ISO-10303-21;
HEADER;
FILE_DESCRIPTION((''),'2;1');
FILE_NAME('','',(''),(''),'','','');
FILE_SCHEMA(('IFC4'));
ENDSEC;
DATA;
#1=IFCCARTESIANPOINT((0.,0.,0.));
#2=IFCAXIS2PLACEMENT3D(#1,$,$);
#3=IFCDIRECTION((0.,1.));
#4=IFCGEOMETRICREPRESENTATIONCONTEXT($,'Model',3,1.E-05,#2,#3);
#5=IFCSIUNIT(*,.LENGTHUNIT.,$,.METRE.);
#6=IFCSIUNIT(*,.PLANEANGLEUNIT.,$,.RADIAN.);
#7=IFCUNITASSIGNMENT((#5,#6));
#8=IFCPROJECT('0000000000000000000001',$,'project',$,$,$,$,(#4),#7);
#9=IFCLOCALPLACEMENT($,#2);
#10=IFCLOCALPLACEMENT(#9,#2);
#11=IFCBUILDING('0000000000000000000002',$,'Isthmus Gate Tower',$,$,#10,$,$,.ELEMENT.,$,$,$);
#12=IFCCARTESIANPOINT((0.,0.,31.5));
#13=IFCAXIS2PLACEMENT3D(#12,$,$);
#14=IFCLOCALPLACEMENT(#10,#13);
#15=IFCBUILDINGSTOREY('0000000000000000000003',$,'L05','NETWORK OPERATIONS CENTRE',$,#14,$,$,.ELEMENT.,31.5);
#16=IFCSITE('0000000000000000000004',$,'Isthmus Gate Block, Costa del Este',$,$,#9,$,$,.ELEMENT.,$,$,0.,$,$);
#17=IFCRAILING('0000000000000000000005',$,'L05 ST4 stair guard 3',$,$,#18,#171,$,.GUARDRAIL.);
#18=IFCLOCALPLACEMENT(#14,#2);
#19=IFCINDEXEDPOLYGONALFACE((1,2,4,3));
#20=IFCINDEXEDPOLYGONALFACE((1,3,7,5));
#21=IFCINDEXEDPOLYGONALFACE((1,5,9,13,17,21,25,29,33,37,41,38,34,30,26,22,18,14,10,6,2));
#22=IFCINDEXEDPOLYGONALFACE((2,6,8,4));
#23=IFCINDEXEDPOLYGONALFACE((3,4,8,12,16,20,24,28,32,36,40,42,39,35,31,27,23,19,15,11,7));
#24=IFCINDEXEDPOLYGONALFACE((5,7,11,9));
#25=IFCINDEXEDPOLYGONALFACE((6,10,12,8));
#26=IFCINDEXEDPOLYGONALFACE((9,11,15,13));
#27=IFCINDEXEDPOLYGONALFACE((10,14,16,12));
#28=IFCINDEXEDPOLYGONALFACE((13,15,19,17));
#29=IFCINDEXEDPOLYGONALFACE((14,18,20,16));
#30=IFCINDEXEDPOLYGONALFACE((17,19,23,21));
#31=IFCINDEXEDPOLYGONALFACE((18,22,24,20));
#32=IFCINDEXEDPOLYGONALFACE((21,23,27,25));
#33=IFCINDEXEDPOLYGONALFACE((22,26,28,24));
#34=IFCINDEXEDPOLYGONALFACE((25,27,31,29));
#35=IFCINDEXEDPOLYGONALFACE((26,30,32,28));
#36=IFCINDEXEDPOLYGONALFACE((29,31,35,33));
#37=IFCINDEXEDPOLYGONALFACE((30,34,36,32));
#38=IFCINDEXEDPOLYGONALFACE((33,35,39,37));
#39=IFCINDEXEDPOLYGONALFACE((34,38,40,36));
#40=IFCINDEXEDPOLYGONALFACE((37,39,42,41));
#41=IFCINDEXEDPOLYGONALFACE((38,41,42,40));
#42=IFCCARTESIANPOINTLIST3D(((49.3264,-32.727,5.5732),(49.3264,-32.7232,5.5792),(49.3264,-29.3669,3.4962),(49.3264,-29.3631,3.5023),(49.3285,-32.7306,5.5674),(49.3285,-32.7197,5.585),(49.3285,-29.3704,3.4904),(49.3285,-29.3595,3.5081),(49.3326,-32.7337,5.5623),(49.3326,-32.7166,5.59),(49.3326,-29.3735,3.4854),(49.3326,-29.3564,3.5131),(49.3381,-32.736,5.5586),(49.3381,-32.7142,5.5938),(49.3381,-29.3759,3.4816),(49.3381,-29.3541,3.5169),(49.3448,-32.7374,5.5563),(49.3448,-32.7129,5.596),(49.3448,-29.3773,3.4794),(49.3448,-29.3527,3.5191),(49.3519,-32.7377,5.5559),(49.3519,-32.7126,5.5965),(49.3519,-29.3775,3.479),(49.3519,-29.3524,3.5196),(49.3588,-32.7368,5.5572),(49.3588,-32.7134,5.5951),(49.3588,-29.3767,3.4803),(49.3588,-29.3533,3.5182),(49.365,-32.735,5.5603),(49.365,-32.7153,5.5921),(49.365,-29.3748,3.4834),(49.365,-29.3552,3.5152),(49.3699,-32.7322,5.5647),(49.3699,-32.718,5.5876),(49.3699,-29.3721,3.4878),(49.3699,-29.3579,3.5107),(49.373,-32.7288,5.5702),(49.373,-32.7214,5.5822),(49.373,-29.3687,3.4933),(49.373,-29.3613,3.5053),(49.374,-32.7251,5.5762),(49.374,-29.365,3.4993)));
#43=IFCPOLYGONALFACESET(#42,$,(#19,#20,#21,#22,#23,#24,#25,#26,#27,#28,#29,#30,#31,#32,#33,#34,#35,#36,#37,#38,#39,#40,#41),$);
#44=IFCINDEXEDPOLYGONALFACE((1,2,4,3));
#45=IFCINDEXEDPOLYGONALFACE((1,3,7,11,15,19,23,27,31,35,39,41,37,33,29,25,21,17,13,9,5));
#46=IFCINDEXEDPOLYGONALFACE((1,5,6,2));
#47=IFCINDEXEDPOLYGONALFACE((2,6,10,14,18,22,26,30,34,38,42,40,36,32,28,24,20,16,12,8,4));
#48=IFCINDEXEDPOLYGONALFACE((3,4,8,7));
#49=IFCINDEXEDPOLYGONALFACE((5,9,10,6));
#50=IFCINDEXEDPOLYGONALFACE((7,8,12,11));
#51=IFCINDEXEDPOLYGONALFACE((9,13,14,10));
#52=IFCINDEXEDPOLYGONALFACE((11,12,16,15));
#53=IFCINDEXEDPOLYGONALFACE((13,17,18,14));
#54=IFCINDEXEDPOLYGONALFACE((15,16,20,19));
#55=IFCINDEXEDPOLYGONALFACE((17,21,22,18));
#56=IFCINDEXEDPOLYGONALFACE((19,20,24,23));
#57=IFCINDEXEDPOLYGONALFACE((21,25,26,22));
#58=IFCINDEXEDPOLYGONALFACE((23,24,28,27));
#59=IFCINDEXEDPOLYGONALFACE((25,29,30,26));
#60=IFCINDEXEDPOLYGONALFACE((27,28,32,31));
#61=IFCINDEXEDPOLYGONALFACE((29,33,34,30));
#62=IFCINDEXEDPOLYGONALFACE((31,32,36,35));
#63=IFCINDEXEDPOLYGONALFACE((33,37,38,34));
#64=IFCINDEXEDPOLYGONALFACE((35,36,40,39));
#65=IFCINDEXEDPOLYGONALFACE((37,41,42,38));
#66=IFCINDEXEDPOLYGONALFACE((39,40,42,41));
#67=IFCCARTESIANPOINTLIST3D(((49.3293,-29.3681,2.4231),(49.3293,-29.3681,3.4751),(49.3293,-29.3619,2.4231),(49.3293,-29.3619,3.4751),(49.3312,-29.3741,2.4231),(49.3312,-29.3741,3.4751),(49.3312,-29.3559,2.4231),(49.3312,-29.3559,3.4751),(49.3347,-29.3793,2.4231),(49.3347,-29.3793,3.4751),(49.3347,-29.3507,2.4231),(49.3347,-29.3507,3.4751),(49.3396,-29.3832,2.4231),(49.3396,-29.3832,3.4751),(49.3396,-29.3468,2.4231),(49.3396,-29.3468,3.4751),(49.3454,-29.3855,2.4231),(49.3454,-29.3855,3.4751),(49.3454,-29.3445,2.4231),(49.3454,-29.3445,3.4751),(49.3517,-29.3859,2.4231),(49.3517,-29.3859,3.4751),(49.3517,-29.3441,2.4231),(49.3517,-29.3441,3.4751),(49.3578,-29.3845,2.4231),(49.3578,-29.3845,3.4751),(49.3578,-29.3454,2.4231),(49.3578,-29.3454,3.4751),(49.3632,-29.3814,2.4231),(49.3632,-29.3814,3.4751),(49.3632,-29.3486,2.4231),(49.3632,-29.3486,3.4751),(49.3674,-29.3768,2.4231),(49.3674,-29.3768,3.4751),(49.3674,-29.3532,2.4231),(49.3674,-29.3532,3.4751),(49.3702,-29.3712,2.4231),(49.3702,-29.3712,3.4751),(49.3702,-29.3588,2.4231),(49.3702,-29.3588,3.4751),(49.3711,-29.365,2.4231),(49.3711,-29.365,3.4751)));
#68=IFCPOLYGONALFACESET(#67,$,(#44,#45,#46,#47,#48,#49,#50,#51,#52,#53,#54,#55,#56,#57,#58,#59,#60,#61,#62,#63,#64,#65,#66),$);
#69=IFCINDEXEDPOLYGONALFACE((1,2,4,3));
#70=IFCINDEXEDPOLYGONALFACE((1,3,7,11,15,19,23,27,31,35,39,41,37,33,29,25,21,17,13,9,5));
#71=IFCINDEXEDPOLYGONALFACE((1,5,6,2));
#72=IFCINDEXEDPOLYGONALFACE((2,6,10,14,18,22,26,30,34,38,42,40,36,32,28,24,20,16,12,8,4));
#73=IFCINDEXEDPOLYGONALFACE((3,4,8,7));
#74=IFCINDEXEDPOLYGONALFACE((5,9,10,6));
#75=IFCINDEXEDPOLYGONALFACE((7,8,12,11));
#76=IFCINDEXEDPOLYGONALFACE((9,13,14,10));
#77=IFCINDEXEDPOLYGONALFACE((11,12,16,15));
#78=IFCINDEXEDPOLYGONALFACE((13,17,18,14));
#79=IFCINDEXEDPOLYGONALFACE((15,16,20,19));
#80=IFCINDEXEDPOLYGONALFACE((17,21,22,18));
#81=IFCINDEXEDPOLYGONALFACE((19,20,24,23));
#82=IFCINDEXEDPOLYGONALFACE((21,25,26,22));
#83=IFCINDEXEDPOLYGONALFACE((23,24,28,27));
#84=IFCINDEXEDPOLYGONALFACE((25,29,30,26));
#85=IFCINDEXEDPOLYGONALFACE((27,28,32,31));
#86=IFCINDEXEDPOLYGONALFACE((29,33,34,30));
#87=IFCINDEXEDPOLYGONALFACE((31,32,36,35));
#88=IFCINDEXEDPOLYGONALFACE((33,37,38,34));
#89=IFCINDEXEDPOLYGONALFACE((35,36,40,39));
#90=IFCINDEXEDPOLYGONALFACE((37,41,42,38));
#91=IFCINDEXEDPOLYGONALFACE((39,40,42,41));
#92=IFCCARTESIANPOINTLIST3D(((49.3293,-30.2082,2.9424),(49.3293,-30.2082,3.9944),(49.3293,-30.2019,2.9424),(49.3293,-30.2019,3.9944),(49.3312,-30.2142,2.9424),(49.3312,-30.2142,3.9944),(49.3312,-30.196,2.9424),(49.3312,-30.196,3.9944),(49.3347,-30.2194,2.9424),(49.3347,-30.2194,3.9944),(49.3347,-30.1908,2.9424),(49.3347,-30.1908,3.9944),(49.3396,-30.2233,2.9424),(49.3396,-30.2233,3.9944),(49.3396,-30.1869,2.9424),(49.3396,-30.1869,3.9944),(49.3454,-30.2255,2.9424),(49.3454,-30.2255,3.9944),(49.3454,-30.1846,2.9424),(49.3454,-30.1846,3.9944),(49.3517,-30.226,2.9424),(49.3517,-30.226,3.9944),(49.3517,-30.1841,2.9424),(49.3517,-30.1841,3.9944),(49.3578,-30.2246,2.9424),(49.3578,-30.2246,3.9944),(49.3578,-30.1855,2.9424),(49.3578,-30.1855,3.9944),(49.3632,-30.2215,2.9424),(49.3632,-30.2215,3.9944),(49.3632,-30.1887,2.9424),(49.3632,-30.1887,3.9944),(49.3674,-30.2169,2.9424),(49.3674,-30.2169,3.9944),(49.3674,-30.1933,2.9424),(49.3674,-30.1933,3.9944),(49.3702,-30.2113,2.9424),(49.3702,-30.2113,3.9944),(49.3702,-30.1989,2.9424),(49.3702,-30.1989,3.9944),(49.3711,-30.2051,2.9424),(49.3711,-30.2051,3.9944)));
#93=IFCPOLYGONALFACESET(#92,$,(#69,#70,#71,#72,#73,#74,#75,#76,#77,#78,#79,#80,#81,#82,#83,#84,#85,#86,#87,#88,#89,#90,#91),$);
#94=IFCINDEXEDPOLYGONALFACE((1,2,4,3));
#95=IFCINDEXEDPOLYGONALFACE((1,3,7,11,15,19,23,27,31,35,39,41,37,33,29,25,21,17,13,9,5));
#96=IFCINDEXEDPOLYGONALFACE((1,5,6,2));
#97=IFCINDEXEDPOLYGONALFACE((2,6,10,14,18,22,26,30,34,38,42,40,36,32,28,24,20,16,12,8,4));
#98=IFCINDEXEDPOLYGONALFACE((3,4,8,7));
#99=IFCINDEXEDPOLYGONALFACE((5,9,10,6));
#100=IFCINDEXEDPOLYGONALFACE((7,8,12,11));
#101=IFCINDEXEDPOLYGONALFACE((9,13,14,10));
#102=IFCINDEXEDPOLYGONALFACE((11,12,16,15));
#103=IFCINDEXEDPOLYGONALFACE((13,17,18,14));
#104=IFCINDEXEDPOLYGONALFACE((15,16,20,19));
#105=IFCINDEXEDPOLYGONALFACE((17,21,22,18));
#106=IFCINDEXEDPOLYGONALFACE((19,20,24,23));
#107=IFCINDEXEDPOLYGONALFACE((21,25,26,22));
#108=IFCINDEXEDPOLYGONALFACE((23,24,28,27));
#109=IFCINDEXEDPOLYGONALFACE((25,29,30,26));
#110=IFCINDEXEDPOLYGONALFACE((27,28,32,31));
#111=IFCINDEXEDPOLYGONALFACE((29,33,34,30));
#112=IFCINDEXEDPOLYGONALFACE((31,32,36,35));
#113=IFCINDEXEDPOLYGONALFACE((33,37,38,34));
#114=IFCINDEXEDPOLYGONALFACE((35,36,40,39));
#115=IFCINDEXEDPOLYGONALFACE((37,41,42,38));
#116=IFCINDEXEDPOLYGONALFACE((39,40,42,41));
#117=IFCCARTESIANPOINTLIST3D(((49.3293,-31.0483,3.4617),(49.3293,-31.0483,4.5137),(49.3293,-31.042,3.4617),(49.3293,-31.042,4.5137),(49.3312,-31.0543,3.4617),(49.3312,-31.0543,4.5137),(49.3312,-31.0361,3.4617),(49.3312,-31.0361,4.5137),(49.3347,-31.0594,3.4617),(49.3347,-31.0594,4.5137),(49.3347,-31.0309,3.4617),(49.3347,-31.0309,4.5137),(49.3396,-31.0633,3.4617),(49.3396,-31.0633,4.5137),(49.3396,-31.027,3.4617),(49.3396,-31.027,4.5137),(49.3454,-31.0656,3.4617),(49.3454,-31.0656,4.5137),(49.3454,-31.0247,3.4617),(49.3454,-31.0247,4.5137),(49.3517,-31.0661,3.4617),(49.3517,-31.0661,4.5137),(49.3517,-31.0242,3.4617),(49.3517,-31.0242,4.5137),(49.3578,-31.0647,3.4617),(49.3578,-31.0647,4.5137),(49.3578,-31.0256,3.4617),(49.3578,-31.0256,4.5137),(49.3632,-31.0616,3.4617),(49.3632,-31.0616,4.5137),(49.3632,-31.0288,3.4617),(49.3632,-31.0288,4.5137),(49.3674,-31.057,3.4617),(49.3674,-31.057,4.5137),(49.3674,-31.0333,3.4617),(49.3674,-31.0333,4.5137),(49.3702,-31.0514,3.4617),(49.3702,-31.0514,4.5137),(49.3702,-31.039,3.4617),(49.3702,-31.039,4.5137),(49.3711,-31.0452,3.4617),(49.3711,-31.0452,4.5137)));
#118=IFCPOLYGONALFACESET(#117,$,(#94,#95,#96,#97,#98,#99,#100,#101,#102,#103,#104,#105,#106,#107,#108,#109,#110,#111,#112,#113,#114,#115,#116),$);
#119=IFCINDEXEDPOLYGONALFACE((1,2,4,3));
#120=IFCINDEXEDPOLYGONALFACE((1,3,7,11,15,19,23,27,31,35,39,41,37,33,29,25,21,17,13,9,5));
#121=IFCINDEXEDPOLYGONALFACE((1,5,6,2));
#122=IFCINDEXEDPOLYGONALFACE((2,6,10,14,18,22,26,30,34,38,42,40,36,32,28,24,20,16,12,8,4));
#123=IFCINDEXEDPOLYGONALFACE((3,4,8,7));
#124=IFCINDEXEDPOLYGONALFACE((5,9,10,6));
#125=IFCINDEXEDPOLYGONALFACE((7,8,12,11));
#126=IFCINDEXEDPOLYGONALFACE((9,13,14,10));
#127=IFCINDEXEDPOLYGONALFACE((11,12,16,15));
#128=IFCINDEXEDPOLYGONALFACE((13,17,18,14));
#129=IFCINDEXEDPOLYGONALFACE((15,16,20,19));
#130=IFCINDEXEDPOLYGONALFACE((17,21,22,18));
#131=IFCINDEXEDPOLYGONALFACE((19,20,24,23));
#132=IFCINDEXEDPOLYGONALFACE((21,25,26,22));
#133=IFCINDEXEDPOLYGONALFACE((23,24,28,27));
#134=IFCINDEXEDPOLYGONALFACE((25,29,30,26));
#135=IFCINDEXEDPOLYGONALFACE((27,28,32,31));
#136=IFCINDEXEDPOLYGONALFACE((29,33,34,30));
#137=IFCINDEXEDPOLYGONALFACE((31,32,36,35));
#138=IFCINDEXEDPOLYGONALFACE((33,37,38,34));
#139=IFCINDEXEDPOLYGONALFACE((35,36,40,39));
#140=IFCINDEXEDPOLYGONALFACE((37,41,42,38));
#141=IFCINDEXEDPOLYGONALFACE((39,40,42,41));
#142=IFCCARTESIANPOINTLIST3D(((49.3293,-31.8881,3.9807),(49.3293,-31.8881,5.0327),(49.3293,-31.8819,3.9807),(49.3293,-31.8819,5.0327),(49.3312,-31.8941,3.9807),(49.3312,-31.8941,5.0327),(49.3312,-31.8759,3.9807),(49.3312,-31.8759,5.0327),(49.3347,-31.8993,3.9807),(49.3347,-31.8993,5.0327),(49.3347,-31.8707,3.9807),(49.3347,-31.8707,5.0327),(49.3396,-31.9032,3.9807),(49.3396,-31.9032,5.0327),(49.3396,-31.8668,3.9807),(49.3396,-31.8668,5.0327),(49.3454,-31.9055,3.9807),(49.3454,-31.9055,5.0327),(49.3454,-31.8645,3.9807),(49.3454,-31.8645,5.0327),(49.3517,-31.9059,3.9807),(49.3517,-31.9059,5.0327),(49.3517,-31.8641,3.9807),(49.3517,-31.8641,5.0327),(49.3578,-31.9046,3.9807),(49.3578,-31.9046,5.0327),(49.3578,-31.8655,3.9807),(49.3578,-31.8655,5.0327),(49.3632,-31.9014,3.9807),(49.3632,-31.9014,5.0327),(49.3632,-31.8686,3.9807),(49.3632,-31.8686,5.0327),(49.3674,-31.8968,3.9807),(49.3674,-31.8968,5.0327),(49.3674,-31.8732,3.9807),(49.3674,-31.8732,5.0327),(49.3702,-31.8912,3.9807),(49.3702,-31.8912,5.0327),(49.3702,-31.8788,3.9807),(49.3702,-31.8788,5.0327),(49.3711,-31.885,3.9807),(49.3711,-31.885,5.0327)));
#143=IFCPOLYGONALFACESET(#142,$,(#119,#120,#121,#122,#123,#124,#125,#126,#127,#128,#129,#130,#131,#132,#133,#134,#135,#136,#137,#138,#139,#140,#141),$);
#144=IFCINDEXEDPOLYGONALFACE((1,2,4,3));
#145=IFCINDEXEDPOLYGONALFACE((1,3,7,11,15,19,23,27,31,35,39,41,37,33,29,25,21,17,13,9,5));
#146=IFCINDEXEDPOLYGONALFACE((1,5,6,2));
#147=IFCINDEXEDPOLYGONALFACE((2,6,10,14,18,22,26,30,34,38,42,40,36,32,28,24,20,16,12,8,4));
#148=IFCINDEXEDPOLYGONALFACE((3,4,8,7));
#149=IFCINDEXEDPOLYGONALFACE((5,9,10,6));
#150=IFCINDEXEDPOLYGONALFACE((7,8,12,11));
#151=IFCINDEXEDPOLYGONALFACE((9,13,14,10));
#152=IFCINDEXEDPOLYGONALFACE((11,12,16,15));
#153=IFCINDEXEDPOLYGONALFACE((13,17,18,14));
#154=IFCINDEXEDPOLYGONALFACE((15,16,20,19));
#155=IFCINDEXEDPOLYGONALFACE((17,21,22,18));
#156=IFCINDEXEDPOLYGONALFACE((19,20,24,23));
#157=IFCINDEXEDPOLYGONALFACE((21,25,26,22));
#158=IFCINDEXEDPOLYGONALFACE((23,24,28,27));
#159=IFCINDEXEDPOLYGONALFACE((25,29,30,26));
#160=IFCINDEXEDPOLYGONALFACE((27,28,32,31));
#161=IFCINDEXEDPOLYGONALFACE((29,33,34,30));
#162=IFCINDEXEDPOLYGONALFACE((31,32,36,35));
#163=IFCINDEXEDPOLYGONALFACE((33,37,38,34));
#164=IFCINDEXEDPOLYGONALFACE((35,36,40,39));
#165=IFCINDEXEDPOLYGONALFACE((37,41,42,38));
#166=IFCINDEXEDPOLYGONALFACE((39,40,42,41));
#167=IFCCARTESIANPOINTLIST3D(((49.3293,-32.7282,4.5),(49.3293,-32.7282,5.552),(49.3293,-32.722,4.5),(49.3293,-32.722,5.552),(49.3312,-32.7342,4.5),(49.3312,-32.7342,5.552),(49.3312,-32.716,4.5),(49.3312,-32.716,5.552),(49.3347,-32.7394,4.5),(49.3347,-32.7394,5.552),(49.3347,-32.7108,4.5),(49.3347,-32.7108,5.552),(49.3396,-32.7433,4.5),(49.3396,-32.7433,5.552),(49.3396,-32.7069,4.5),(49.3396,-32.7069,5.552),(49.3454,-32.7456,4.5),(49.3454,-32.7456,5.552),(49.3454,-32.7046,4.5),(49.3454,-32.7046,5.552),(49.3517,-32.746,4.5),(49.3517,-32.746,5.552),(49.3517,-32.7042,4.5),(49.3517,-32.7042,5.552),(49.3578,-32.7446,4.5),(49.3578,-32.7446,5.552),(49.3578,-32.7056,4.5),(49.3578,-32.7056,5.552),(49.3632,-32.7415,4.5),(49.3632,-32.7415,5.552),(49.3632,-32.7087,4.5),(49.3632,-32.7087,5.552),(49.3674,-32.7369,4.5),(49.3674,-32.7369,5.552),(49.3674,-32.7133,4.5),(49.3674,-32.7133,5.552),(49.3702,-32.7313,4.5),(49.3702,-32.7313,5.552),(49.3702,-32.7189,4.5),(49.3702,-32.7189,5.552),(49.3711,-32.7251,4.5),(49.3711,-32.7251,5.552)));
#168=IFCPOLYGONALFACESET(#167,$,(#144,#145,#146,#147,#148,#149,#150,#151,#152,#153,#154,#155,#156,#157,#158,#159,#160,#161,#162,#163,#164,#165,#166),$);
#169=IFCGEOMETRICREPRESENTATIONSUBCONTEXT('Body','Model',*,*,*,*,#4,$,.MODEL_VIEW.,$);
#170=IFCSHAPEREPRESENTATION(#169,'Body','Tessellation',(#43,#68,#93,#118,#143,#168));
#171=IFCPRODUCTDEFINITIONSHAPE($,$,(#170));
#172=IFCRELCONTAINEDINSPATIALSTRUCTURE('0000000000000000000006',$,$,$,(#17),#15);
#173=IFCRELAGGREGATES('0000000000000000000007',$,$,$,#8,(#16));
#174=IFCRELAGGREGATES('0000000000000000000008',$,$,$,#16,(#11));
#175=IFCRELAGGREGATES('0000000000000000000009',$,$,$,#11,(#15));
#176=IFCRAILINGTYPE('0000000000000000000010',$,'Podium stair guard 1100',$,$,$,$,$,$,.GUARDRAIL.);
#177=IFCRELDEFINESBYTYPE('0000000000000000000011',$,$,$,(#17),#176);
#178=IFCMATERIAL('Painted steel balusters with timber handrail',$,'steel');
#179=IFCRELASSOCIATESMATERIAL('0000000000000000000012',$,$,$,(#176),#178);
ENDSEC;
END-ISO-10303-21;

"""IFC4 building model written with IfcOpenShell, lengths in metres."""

from ifc_helpers import new_model, si_unit, direction, frame, origin, origin_2d, place, context, subcontext, project, spatial, circle, extrude, material, type_object, element, save


model = new_model("IFC4")

# Units and contexts
model_context = context("Model", 3, precision=1e-05, world=origin(), true_north=direction((0.0, 1.0)))
body_context = subcontext(model_context, "Body", "Model", "MODEL_VIEW")
ifc_project = project(units=[si_unit("LENGTHUNIT", "METRE"), si_unit("PLANEANGLEUNIT", "RADIAN")], contexts=[model_context])

# Site, building, storey
site_placement = place(None, origin())
site = spatial("IfcSite", under=ifc_project, at=site_placement, Name="Isthmus Gate Block, Costa del Este", CompositionType="ELEMENT", RefElevation=0.0)
building_placement = place(site_placement, origin())
building = spatial("IfcBuilding", under=site, at=building_placement, Name="Isthmus Gate Tower", CompositionType="ELEMENT")
storey_placement = place(building_placement, frame((0.0, 0.0, 31.5)))
storey = spatial("IfcBuildingStorey", under=building, at=storey_placement, Name="L05", Description="NETWORK OPERATIONS CENTRE", CompositionType="ELEMENT", Elevation=31.5)

# Railing
ifc_material_1 = material(Name="Painted steel balusters with timber handrail", Category="steel")
railing_type_1 = type_object("IfcRailingType", Name="Podium stair guard 1100", PredefinedType="GUARDRAIL", material=ifc_material_1)
railing_1_placement = place(storey_placement, frame((49.3501, -29.365, 2.4231)))
element("IfcRailing", 1, at=railing_1_placement, inside=storey, type_object=railing_type_1, Name="L05 ST4 stair guard 3", PredefinedType="GUARDRAIL", context=body_context, shape_type="SweptSolid", body=[
    extrude(circle(Radius=0.0239, at=origin_2d()), frame((0.0, 0.0, 1.0762), z_axis=(0.0, -0.850623, 0.525776), x_axis=(1.0, 0.0, 0.0)), (0.0, 0.0, 1.0), 3.9502),
    extrude(circle(Radius=0.021, at=origin_2d()), origin(), (0.0, 0.0, 1.0), 1.052),
    extrude(circle(Radius=0.021, at=origin_2d()), frame((0.0, -0.8401, 0.5193)), (0.0, 0.0, 1.0), 1.052),
    extrude(circle(Radius=0.021, at=origin_2d()), frame((0.0, -1.6802, 1.0386)), (0.0, 0.0, 1.0), 1.052),
    extrude(circle(Radius=0.021, at=origin_2d()), frame((0.0, -2.52, 1.5576)), (0.0, 0.0, 1.0), 1.052),
    extrude(circle(Radius=0.021, at=origin_2d()), frame((0.0, -3.3601, 2.0769)), (0.0, 0.0, 1.0), 1.052),
])

save(model, "model.ifc")
